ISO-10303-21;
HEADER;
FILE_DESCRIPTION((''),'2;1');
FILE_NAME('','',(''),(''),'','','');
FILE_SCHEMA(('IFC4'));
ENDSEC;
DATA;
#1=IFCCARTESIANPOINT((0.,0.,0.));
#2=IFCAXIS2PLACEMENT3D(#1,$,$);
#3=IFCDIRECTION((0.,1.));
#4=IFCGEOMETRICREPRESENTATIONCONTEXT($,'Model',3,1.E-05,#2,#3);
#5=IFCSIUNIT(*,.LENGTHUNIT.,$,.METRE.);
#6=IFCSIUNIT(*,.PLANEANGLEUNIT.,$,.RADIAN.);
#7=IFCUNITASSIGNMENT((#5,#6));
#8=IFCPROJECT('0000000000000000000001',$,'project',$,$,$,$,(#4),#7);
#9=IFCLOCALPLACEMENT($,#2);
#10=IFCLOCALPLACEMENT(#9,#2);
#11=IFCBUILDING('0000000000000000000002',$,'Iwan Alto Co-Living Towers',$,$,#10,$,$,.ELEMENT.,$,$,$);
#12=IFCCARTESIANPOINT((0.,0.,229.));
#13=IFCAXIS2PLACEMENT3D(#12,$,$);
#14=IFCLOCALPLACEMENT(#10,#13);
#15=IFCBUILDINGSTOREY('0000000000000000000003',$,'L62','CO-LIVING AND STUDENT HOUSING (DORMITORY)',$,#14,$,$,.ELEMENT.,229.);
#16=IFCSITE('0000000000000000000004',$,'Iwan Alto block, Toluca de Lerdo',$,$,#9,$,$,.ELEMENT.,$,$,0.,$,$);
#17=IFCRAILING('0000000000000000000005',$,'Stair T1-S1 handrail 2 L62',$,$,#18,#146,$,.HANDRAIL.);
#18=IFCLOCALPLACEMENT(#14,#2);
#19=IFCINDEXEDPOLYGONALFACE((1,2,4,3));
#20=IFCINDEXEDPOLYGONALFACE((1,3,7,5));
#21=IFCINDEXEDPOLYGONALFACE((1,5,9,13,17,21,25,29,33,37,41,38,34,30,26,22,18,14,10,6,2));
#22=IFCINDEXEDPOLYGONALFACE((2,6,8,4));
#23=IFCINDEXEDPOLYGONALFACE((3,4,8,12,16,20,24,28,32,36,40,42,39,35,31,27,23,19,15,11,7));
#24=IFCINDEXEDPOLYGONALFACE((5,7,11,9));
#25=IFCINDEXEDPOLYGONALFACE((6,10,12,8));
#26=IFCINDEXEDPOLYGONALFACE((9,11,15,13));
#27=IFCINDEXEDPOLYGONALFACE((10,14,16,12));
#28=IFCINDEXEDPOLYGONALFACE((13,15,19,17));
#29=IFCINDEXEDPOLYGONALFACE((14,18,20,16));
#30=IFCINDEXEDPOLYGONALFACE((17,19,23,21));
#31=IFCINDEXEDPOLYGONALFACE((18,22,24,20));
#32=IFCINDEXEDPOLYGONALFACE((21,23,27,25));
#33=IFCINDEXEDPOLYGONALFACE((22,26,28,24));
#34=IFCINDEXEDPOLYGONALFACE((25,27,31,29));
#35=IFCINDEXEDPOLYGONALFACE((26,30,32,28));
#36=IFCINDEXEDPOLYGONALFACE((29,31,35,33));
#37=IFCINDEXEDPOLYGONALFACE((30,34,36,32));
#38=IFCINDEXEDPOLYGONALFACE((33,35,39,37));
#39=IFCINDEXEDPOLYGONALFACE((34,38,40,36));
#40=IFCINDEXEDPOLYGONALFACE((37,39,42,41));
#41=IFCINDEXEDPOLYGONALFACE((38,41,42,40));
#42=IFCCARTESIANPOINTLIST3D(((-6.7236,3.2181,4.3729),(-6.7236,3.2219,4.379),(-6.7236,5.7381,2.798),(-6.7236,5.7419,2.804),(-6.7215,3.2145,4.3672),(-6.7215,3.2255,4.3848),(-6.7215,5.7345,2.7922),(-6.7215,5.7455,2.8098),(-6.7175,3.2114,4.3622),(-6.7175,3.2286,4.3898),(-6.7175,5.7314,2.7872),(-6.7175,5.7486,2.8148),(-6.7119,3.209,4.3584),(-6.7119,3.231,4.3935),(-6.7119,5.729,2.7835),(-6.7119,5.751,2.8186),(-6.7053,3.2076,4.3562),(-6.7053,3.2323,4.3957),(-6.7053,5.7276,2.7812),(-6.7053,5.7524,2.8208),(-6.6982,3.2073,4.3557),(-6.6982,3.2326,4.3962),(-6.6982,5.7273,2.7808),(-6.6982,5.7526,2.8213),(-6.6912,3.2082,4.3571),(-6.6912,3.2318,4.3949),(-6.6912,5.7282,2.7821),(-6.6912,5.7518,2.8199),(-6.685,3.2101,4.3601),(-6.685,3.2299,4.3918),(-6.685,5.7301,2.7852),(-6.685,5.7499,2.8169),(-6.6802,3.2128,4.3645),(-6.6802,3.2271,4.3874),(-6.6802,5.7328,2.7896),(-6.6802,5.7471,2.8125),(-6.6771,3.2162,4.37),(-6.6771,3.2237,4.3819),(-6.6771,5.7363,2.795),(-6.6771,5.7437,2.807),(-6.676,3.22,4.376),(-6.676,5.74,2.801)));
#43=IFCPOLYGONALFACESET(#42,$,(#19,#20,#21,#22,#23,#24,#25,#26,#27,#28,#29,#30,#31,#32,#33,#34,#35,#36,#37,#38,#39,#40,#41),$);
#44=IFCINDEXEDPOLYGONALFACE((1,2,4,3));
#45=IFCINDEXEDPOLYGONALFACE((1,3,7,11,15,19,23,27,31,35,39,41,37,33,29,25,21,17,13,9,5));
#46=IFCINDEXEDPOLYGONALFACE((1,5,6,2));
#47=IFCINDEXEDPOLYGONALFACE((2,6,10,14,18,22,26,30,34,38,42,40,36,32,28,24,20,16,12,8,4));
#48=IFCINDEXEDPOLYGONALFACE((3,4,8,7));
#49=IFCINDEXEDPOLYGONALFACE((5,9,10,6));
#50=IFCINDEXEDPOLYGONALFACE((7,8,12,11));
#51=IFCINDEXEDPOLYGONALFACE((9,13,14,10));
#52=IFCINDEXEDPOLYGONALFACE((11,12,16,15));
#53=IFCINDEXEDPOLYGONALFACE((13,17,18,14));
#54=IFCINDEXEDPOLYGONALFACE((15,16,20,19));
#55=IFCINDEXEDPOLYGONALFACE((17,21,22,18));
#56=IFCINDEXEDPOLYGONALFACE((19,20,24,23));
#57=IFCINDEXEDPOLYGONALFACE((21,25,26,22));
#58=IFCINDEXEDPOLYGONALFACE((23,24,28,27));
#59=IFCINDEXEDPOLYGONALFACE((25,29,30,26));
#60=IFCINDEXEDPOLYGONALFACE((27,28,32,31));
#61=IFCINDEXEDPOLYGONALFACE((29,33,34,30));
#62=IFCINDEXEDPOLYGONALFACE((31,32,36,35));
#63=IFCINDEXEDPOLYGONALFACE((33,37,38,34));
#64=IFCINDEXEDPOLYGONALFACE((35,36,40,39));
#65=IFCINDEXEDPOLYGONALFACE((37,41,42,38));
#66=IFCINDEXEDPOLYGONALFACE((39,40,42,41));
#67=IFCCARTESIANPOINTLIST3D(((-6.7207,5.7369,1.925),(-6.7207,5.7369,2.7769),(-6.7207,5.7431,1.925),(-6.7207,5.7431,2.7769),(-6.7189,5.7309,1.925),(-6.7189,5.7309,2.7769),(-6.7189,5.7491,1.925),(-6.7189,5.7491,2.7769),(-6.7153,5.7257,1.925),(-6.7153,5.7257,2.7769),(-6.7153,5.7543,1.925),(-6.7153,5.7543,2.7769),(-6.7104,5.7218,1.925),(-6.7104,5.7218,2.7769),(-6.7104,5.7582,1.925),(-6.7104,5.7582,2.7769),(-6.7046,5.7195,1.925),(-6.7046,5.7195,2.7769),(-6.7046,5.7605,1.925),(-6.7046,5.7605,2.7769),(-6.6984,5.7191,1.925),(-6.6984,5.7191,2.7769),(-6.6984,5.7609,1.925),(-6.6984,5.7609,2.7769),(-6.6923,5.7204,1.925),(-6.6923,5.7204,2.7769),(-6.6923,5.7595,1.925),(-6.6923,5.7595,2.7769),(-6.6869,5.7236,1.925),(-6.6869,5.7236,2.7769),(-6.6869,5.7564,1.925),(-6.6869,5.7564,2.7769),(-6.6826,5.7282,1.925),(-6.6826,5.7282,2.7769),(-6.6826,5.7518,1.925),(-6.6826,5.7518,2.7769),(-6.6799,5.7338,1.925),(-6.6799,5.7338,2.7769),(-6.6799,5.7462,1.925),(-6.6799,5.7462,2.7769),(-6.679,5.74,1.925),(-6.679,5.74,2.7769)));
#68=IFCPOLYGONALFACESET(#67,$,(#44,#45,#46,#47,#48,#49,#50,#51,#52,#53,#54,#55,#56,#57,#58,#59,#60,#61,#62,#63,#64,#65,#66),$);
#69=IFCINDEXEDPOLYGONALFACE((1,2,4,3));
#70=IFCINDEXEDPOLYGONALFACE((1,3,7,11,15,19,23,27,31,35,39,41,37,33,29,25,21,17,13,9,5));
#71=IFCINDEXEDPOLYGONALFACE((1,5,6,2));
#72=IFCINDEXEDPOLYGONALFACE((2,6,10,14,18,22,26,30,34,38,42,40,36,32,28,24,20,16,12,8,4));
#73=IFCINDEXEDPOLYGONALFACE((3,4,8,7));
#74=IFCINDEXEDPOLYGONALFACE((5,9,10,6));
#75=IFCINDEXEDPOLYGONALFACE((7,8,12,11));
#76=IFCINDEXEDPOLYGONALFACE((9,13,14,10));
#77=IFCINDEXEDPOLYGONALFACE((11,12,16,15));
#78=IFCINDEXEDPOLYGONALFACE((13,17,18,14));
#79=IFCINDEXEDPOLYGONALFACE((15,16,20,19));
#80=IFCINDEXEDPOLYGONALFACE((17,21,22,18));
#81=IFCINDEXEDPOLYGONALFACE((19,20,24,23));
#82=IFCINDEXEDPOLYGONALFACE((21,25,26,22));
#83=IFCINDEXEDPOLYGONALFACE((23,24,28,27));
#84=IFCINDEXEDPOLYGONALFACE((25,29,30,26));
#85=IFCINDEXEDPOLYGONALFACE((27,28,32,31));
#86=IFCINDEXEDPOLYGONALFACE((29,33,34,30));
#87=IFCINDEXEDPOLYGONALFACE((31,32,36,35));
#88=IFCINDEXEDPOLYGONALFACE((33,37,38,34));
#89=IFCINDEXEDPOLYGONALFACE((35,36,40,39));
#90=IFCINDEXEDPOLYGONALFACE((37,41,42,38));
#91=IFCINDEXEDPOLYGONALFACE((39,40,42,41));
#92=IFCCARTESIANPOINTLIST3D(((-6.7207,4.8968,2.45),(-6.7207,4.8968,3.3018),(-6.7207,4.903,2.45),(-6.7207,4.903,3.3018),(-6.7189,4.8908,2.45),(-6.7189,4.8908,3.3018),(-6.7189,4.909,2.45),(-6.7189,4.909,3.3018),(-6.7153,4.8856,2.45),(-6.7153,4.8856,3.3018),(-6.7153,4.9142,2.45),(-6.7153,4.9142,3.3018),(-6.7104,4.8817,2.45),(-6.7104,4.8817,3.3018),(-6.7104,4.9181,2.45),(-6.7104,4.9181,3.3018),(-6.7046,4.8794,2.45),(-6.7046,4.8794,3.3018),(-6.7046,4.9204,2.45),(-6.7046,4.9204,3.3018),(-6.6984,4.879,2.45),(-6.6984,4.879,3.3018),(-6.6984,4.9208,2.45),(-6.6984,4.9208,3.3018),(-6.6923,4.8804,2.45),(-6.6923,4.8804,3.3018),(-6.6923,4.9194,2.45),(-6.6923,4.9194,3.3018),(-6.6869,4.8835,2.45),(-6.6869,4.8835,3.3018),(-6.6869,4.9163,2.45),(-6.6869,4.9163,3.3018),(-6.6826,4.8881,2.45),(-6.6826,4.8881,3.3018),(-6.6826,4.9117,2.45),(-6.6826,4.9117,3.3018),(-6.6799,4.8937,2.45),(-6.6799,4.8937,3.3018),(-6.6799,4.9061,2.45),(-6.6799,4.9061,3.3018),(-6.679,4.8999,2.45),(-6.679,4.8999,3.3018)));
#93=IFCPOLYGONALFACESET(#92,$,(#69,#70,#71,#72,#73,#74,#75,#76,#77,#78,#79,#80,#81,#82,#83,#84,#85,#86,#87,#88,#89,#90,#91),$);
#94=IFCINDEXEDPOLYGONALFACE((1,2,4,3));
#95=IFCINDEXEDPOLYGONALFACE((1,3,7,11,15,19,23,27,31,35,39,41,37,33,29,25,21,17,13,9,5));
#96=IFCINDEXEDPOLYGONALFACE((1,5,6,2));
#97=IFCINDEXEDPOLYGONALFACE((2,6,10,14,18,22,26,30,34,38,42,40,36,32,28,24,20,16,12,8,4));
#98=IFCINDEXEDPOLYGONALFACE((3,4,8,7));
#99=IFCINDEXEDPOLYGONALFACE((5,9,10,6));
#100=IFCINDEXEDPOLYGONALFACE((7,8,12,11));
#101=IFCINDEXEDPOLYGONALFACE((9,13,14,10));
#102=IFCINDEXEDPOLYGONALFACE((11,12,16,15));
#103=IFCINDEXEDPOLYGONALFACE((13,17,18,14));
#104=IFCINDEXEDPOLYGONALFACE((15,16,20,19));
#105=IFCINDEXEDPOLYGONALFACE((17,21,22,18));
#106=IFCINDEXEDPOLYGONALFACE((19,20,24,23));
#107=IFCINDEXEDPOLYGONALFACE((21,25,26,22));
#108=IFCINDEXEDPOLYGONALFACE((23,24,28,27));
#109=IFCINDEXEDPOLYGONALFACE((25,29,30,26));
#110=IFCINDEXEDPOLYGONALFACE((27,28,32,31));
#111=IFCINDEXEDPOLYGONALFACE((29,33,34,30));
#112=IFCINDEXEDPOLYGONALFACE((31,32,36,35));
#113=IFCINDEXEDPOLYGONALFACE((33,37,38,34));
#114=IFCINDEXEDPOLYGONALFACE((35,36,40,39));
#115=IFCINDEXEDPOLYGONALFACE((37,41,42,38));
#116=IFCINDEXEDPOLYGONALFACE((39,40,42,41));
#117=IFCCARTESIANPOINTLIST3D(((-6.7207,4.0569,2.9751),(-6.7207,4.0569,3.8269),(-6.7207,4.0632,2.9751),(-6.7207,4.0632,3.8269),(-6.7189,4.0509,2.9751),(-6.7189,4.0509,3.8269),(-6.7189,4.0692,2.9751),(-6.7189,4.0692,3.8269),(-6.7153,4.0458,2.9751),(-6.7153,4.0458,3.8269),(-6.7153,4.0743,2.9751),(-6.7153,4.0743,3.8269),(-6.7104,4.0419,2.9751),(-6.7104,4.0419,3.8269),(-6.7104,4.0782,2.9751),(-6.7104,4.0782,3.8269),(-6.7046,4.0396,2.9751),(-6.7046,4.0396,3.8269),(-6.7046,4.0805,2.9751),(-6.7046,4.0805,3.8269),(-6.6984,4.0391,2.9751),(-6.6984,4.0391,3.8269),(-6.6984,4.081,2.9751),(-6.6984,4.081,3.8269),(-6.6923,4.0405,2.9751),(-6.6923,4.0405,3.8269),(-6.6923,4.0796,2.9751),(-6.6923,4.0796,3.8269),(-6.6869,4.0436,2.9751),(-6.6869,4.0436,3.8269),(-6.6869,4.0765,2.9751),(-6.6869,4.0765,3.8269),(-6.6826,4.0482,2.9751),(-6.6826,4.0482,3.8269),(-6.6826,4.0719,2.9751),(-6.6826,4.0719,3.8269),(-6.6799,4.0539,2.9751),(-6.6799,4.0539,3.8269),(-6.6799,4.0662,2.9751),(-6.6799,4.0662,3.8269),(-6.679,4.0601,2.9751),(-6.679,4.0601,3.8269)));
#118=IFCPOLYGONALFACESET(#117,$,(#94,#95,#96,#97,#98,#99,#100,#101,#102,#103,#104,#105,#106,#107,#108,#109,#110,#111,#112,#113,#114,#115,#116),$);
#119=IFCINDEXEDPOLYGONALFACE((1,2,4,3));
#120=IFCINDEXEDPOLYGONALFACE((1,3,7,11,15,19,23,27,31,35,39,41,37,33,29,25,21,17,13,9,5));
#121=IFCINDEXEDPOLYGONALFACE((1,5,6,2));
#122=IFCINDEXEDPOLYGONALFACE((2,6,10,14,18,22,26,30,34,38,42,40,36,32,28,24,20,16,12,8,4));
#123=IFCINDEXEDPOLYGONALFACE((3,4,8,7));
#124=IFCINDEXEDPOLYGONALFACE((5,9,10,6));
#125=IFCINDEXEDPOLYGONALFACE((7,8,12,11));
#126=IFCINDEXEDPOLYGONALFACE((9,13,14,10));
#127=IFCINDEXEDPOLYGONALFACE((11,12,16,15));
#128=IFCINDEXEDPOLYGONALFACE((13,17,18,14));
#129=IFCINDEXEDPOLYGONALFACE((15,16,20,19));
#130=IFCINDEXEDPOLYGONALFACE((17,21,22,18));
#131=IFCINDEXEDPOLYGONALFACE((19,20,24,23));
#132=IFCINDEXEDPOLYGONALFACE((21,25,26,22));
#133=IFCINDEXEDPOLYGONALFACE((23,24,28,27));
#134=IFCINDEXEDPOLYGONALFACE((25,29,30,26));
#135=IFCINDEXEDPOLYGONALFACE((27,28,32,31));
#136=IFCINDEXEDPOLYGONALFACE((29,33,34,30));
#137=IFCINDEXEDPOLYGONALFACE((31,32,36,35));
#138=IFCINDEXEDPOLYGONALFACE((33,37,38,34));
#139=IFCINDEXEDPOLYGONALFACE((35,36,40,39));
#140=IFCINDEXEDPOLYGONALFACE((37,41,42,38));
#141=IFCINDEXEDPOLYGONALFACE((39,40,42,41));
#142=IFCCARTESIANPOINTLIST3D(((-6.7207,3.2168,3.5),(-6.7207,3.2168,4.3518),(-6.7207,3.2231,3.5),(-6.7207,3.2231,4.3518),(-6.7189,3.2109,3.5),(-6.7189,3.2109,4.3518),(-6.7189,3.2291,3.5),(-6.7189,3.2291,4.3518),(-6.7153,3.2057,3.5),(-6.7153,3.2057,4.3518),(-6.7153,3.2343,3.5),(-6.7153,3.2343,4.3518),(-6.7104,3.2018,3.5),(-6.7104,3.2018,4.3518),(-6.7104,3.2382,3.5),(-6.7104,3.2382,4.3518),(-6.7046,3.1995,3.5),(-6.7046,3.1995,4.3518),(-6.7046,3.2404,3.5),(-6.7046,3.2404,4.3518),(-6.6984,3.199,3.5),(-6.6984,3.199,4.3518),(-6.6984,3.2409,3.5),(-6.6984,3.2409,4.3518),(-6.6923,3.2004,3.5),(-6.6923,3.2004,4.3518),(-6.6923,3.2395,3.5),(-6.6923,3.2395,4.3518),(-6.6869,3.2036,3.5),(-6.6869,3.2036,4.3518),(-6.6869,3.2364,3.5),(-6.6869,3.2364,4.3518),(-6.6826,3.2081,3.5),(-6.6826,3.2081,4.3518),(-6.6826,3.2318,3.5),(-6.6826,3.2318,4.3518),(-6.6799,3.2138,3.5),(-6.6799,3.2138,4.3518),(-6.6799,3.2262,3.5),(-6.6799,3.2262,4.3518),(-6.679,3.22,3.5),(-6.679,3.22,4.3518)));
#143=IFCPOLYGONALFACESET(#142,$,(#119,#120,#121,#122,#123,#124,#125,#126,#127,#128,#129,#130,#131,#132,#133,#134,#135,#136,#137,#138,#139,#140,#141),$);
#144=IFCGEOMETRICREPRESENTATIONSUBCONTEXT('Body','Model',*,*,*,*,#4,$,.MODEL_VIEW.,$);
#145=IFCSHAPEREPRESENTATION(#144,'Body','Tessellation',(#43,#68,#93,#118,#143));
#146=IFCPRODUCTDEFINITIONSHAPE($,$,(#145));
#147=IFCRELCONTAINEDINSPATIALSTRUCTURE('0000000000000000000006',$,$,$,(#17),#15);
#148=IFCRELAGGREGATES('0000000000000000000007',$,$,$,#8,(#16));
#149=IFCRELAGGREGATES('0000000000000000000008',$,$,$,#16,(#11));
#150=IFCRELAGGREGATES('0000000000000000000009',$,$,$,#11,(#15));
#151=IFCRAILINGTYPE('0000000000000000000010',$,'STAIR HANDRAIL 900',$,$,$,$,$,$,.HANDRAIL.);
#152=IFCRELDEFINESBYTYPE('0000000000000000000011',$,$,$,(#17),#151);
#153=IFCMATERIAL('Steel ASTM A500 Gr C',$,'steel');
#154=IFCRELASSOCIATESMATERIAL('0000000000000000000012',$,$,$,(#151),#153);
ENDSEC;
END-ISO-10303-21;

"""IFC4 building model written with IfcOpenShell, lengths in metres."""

from ifc_helpers import new_model, si_unit, direction, frame, origin, origin_2d, place, context, subcontext, project, spatial, circle, extrude, material, type_object, element, save


model = new_model("IFC4")

# Units and contexts
model_context = context("Model", 3, precision=1e-05, world=origin(), true_north=direction((0.0, 1.0)))
body_context = subcontext(model_context, "Body", "Model", "MODEL_VIEW")
ifc_project = project(units=[si_unit("LENGTHUNIT", "METRE"), si_unit("PLANEANGLEUNIT", "RADIAN")], contexts=[model_context])

# Site, building, storey
site_placement = place(None, origin())
site = spatial("IfcSite", under=ifc_project, at=site_placement, Name="Iwan Alto block, Toluca de Lerdo", CompositionType="ELEMENT", RefElevation=0.0)
building_placement = place(site_placement, origin())
building = spatial("IfcBuilding", under=site, at=building_placement, Name="Iwan Alto Co-Living Towers", CompositionType="ELEMENT")
storey_placement = place(building_placement, frame((0.0, 0.0, 229.0)))
storey = spatial("IfcBuildingStorey", under=building, at=storey_placement, Name="L62", Description="CO-LIVING AND STUDENT HOUSING (DORMITORY)", CompositionType="ELEMENT", Elevation=229.0)

# Railing
ifc_material_1 = material(Name="Steel ASTM A500 Gr C", Category="steel")
railing_type_1 = type_object("IfcRailingType", Name="STAIR HANDRAIL 900", PredefinedType="HANDRAIL", material=ifc_material_1)
railing_1_placement = place(storey_placement, frame((-6.7, 5.74, 1.925)))
element("IfcRailing", 1, at=railing_1_placement, inside=storey, type_object=railing_type_1, Name="Stair T1-S1 handrail 2 L62", PredefinedType="HANDRAIL", context=body_context, shape_type="SweptSolid", body=[
    extrude(circle(Radius=0.0239, at=origin_2d()), frame((0.0, 0.0, 0.876), z_axis=(0.0, -0.848008, 0.529984), x_axis=(1.0, 0.0, 0.0)), (0.0, 0.0, 1.0), 2.9717),
    extrude(circle(Radius=0.021, at=origin_2d()), origin(), (0.0, 0.0, 1.0), 0.8518),
    extrude(circle(Radius=0.021, at=origin_2d()), frame((0.0, -0.8401, 0.5249)), (0.0, 0.0, 1.0), 0.8518),
    extrude(circle(Radius=0.021, at=origin_2d()), frame((0.0, -1.6799, 1.05)), (0.0, 0.0, 1.0), 0.8518),
    extrude(circle(Radius=0.021, at=origin_2d()), frame((0.0, -2.52, 1.575)), (0.0, 0.0, 1.0), 0.8518),
])

save(model, "model.ifc")
